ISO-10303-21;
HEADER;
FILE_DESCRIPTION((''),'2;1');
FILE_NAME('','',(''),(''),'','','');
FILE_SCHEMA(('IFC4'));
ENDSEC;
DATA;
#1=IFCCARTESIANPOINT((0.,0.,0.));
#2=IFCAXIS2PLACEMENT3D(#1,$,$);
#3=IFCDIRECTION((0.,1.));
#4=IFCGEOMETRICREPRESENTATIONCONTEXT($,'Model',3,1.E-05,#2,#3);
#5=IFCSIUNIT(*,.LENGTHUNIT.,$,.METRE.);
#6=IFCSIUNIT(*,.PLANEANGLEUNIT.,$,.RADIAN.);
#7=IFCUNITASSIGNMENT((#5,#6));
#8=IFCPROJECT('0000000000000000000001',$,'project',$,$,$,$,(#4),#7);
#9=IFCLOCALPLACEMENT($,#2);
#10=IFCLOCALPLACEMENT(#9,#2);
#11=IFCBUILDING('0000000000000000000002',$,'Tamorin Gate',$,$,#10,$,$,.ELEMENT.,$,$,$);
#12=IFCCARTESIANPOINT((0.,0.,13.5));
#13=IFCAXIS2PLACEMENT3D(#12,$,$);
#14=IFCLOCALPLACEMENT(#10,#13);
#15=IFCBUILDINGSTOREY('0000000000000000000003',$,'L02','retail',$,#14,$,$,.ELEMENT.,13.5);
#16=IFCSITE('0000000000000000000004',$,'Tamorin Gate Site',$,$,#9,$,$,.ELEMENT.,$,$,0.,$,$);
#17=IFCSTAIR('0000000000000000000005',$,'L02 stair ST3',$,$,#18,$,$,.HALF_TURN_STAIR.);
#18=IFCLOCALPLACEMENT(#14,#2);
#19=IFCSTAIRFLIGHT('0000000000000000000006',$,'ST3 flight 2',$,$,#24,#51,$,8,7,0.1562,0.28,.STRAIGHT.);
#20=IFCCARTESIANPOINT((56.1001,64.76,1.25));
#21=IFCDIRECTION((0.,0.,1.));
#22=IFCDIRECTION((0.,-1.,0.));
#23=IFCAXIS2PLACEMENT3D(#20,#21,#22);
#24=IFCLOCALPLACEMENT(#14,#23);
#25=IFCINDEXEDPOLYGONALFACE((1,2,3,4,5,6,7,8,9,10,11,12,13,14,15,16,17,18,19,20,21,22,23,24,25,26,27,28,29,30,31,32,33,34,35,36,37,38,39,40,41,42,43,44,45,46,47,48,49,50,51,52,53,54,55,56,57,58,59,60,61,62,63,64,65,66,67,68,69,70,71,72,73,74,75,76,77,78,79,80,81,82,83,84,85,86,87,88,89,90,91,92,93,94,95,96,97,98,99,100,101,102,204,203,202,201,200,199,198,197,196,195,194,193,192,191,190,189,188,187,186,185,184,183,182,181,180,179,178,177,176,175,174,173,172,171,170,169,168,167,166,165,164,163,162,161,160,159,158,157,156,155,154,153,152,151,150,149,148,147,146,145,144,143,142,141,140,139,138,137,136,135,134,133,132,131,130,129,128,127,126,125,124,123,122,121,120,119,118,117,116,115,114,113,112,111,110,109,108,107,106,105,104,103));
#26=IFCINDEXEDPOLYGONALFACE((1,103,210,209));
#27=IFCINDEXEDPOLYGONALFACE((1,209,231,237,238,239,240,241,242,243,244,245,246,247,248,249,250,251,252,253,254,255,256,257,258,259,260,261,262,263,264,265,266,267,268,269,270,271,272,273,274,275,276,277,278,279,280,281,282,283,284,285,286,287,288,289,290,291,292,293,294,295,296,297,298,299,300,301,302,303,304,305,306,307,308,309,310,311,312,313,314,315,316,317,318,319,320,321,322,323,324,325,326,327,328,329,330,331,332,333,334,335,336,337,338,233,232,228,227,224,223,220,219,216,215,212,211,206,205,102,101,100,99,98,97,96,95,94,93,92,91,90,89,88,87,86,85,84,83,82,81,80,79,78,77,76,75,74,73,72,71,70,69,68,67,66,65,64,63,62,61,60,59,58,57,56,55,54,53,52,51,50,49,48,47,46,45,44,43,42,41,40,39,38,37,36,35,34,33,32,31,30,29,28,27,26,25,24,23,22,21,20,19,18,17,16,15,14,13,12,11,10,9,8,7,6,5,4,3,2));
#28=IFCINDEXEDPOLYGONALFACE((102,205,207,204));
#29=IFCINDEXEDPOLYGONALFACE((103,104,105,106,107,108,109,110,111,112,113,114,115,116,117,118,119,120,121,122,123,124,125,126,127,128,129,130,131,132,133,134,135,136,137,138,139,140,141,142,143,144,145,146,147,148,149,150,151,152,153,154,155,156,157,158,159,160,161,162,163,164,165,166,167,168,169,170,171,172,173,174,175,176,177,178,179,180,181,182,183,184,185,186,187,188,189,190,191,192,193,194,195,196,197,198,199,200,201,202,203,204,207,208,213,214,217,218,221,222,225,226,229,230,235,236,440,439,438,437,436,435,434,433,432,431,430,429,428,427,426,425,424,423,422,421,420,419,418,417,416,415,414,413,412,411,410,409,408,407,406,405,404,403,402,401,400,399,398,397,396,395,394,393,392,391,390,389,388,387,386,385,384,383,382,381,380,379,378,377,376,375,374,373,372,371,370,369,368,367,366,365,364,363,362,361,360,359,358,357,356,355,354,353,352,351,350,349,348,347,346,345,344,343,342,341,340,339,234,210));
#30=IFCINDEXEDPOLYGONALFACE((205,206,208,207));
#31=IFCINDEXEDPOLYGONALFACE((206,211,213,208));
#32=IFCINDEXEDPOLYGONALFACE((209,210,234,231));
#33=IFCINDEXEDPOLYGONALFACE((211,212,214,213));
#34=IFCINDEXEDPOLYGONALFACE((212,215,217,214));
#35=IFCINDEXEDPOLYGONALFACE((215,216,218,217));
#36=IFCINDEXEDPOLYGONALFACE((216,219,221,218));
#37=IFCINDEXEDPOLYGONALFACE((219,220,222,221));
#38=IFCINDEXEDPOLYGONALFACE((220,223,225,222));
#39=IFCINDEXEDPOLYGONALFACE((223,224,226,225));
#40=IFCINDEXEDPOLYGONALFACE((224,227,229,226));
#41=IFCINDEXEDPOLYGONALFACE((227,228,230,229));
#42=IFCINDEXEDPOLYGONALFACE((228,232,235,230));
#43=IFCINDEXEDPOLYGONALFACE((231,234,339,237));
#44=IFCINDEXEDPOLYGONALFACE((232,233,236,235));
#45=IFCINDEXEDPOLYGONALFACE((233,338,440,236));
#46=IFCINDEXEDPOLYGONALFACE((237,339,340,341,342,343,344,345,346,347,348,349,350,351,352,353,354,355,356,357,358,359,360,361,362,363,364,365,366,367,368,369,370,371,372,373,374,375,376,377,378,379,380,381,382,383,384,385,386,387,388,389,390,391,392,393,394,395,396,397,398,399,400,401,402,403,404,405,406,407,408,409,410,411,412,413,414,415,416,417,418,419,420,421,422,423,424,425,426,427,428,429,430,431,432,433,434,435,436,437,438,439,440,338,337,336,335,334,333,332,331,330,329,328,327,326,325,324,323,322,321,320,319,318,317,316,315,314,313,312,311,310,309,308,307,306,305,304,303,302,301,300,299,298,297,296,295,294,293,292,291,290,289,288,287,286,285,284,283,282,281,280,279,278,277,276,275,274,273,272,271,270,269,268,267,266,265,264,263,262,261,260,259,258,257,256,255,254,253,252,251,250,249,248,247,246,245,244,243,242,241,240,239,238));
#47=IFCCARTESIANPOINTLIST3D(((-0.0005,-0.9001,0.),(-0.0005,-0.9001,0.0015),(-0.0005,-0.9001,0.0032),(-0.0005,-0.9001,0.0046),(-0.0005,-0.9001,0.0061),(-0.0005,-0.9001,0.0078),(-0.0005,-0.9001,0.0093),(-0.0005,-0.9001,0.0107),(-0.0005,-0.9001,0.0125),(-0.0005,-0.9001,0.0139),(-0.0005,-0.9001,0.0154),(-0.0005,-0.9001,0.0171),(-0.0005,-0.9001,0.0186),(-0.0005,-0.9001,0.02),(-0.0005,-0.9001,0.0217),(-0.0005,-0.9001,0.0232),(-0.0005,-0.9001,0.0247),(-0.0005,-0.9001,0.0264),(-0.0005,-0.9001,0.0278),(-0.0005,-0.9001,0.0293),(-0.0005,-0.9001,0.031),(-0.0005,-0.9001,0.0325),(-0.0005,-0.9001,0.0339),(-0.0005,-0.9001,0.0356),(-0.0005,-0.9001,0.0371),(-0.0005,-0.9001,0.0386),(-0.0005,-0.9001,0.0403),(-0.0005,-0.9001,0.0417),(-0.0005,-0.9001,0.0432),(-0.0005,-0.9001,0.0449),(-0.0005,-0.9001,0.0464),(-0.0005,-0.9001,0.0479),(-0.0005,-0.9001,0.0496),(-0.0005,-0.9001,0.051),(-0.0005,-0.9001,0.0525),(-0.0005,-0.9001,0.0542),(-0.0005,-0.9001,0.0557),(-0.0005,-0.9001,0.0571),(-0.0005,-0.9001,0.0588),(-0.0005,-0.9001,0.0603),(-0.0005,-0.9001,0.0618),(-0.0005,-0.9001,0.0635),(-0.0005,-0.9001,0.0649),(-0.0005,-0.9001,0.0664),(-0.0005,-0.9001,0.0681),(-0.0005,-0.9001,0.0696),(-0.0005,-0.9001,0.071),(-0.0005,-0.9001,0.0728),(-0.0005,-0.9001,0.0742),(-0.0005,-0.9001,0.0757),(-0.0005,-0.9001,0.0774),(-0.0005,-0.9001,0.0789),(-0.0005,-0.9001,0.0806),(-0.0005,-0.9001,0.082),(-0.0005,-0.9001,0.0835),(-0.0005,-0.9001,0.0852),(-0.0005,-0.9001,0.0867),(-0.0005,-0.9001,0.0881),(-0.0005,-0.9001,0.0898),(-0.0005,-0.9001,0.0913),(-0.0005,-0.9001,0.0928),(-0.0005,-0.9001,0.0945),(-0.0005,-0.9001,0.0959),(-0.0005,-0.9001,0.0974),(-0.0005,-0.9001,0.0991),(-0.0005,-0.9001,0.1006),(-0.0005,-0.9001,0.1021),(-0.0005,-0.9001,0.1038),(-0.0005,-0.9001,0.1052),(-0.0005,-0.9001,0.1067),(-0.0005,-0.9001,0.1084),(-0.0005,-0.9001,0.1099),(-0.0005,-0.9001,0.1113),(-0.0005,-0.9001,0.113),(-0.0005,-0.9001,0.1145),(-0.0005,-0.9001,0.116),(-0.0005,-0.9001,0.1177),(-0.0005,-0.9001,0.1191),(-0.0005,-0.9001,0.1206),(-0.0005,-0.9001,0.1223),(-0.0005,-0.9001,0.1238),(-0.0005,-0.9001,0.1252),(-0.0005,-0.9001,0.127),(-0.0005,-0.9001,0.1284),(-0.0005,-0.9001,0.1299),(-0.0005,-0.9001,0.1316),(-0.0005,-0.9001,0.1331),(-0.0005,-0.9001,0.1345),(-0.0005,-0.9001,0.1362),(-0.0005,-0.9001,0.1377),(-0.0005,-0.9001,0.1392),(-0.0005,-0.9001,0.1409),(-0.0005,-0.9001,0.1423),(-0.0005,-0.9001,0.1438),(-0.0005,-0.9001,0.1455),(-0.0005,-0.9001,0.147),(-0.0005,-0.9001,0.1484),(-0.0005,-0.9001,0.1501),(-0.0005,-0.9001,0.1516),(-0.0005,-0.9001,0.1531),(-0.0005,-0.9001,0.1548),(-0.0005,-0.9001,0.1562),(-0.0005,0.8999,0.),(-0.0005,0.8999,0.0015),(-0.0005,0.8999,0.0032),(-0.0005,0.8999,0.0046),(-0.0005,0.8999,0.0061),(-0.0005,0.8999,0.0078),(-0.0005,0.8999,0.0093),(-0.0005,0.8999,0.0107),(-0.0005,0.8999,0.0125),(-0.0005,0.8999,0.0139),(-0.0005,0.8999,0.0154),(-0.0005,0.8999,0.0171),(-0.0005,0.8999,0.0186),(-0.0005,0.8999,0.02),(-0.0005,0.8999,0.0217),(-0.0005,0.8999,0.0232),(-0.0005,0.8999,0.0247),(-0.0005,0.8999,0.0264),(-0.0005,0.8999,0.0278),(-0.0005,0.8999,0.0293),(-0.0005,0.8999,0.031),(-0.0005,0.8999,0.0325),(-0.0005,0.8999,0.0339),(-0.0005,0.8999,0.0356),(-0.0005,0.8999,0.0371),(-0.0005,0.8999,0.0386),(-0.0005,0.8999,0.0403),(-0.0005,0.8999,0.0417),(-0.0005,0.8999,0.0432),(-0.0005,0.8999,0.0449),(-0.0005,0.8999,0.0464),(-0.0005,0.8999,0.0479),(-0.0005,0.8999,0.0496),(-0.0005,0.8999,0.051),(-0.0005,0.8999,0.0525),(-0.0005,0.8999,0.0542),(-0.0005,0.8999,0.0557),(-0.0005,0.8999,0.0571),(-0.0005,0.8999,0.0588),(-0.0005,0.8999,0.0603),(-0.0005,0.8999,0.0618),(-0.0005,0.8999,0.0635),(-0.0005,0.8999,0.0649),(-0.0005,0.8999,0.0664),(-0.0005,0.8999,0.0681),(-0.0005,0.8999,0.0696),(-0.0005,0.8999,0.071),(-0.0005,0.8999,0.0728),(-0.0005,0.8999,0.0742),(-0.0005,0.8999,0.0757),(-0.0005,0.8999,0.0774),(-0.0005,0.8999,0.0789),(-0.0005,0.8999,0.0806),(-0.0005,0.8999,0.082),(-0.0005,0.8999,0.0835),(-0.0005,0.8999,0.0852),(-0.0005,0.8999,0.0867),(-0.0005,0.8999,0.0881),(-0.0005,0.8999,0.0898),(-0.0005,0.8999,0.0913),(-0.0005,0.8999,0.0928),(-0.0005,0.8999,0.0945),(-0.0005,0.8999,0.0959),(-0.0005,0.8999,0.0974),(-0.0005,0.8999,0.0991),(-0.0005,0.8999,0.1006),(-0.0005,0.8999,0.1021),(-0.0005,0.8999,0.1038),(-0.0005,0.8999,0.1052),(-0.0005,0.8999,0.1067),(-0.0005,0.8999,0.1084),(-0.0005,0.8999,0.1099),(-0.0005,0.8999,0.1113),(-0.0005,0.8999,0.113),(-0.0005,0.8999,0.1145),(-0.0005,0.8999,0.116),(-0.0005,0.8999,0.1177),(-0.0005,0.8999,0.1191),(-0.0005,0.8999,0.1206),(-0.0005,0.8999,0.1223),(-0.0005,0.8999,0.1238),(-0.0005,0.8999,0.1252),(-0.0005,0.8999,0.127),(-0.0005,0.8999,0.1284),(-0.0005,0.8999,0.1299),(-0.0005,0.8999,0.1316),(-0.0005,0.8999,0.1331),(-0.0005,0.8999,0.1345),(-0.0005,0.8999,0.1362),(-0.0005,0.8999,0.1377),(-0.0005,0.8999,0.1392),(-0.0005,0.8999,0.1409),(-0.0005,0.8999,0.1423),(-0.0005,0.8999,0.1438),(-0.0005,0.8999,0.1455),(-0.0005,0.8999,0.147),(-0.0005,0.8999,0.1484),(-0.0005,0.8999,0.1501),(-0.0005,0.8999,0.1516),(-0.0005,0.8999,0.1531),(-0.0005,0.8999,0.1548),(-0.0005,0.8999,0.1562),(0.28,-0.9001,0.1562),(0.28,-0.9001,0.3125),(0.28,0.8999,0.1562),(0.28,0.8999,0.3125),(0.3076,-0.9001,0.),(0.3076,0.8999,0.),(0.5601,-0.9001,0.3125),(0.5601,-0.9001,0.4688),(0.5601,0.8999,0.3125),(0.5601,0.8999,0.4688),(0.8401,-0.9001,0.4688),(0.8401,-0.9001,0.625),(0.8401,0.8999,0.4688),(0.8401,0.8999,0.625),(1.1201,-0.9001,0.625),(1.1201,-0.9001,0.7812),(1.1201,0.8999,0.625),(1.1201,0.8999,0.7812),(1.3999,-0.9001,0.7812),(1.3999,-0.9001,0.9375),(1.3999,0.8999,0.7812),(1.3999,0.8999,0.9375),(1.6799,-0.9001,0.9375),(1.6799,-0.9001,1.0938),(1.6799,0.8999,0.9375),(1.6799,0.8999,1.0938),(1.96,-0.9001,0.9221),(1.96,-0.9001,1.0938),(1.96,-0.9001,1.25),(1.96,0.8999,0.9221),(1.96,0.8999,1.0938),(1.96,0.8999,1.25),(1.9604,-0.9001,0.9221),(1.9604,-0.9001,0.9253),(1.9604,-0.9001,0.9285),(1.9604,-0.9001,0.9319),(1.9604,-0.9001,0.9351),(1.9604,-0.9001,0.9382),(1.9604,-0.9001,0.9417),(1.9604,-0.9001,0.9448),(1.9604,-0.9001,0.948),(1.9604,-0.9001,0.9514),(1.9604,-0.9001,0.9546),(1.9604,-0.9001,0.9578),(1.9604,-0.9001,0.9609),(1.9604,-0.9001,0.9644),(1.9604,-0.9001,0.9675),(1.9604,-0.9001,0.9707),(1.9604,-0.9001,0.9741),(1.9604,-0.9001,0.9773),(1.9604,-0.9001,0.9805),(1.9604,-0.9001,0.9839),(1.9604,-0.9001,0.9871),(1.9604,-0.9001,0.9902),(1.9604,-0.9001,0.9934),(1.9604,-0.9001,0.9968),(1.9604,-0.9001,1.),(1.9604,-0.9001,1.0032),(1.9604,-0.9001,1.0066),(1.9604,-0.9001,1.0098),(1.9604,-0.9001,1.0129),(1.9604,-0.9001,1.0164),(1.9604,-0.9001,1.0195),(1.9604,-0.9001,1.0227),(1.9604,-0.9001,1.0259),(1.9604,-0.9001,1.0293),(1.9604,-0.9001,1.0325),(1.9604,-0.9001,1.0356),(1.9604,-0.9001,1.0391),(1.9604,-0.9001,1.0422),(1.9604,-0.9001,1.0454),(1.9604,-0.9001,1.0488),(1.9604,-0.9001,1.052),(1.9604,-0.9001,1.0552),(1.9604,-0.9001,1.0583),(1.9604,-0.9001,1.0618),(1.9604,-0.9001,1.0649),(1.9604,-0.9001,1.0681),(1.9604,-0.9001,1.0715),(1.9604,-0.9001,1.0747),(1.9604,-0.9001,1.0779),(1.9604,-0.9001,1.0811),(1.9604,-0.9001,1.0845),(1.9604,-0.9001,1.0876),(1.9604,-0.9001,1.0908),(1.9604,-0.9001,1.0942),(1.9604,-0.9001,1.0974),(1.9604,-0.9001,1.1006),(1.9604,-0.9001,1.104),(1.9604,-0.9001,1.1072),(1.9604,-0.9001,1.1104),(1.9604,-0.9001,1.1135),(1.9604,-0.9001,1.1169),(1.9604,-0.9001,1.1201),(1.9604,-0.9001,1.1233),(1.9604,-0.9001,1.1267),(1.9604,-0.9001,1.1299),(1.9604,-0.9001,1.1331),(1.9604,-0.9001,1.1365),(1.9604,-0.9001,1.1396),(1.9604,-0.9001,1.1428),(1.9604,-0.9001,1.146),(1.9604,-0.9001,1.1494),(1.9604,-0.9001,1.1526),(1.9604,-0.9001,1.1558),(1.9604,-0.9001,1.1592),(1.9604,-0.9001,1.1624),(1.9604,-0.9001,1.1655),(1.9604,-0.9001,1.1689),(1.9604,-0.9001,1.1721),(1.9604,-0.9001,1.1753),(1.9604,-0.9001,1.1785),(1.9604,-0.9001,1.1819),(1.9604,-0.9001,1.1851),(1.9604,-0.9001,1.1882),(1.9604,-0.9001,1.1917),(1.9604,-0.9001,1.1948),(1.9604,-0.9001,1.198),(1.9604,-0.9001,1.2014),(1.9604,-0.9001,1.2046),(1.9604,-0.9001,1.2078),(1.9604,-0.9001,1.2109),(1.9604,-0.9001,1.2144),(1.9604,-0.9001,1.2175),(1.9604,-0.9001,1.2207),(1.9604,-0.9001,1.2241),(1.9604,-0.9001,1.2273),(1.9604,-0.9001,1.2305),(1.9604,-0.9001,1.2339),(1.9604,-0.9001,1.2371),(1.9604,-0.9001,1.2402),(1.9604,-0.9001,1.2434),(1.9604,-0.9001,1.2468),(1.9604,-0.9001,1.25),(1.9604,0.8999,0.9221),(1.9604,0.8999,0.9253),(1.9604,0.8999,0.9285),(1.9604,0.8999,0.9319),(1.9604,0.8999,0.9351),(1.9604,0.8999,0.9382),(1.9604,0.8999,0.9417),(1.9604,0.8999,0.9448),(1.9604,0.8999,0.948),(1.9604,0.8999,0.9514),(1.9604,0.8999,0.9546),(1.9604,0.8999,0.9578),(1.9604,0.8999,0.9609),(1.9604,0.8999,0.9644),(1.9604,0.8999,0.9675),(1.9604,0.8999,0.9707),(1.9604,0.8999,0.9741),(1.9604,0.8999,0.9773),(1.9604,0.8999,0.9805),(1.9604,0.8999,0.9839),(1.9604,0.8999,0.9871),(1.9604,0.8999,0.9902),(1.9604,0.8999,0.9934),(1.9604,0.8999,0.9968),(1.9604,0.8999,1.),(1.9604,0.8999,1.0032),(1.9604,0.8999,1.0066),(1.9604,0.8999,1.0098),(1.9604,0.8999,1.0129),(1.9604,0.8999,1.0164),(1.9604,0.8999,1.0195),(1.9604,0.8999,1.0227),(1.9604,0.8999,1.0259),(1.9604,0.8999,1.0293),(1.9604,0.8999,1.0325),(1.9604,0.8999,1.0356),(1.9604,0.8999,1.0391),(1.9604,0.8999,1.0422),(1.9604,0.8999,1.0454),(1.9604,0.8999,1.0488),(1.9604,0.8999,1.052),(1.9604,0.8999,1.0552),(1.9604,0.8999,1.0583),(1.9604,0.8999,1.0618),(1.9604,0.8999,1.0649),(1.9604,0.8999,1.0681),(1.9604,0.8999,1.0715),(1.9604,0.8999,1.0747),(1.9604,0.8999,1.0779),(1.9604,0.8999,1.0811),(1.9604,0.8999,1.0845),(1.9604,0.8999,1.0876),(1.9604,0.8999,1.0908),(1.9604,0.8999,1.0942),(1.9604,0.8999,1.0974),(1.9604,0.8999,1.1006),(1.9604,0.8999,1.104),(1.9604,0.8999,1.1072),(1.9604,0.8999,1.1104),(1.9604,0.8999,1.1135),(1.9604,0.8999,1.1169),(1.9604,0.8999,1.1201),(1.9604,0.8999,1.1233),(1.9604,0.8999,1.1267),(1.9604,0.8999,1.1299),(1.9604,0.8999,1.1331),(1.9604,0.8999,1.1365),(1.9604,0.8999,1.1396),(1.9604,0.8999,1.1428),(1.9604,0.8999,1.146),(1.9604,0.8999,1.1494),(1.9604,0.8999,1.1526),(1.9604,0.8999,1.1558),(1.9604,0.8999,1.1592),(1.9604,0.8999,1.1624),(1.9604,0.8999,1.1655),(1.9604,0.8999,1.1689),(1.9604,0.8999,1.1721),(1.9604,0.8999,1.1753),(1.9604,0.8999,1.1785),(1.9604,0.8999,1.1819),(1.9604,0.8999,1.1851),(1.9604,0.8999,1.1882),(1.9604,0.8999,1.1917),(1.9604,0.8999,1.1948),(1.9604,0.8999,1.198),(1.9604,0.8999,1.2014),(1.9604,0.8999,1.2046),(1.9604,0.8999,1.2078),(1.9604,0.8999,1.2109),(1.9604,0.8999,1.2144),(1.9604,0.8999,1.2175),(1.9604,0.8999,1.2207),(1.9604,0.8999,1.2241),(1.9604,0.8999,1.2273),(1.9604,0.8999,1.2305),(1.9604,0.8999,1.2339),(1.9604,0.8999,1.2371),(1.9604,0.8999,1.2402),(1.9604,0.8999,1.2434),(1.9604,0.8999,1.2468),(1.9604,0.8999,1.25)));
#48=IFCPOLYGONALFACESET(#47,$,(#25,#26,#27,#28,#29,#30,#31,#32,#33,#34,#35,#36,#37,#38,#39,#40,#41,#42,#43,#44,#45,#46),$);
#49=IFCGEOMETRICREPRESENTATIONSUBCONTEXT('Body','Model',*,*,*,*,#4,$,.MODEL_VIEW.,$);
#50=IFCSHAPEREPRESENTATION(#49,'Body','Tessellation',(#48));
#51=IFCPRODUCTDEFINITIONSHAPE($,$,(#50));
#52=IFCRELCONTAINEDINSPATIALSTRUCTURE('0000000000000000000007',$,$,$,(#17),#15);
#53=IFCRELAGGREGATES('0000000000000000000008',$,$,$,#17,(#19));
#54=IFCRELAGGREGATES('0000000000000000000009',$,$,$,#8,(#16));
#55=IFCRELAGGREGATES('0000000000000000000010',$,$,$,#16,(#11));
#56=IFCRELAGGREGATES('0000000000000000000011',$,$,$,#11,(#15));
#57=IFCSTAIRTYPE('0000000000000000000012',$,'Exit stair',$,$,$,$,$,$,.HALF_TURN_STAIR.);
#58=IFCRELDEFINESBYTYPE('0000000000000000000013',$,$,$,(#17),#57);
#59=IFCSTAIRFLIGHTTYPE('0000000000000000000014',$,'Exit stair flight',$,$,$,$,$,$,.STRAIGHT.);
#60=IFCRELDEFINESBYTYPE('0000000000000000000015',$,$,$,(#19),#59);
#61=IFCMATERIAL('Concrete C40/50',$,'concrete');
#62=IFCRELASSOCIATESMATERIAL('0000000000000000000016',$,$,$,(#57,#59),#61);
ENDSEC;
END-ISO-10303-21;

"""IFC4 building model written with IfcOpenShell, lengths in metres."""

from ifc_helpers import new_model, si_unit, direction, frame, origin, place, context, subcontext, project, spatial, polyline, outline, extrude, material, type_object, element, aggregate, save


model = new_model("IFC4")

# Units and contexts
model_context = context("Model", 3, precision=1e-05, world=origin(), true_north=direction((0.0, 1.0)))
body_context = subcontext(model_context, "Body", "Model", "MODEL_VIEW")
ifc_project = project(units=[si_unit("LENGTHUNIT", "METRE"), si_unit("PLANEANGLEUNIT", "RADIAN")], contexts=[model_context])

# Site, building, storey
site_placement = place(None, origin())
site = spatial("IfcSite", under=ifc_project, at=site_placement, Name="Tamorin Gate Site", CompositionType="ELEMENT", RefElevation=0.0)
building_placement = place(site_placement, origin())
building = spatial("IfcBuilding", under=site, at=building_placement, Name="Tamorin Gate", CompositionType="ELEMENT")
storey_placement = place(building_placement, frame((0.0, 0.0, 13.5)))
storey = spatial("IfcBuildingStorey", under=building, at=storey_placement, Name="L02", Description="retail", CompositionType="ELEMENT", Elevation=13.5)

# Stair, stair flight
ifc_material_1 = material(Name="Concrete C40/50", Category="concrete")
stair_type = type_object("IfcStairType", Name="Exit stair", PredefinedType="HALF_TURN_STAIR", material=ifc_material_1)
stair_placement = place(storey_placement, origin())
stair = element("IfcStair", 1, at=stair_placement, inside=storey, type_object=stair_type, Name="L02 stair ST3", PredefinedType="HALF_TURN_STAIR")
stair_flight_type = type_object("IfcStairFlightType", Name="Exit stair flight", PredefinedType="STRAIGHT", material=ifc_material_1)
stair_flight_1_placement = place(storey_placement, frame((56.1001, 64.76, 1.25), z_axis=(0.0, 0.0, 1.0), x_axis=(0.0, -1.0, 0.0)))
stair_flight_1 = element("IfcStairFlight", 2, at=stair_flight_1_placement, type_object=stair_flight_type, Name="ST3 flight 2", NumberOfRisers=8, NumberOfTreads=7, PredefinedType="STRAIGHT", RiserHeight=0.1562, TreadLength=0.28, context=body_context, shape_type="SweptSolid", body=[
    extrude(outline(polyline([(-0.0005, 0.0), (-0.0005, 0.0015), (-0.0005, 0.0032), (-0.0005, 0.0046), (-0.0005, 0.0061), (-0.0005, 0.0078), (-0.0005, 0.0093), (-0.0005, 0.0107), (-0.0005, 0.0125), (-0.0005, 0.0139), (-0.0005, 0.0154), (-0.0005, 0.0171), (-0.0005, 0.0186), (-0.0005, 0.02), (-0.0005, 0.0217), (-0.0005, 0.0232), (-0.0005, 0.0247), (-0.0005, 0.0264), (-0.0005, 0.0278), (-0.0005, 0.0293), (-0.0005, 0.031), (-0.0005, 0.0325), (-0.0005, 0.0339), (-0.0005, 0.0356), (-0.0005, 0.0371), (-0.0005, 0.0386), (-0.0005, 0.0403), (-0.0005, 0.0417), (-0.0005, 0.0432), (-0.0005, 0.0449), (-0.0005, 0.0464), (-0.0005, 0.0479), (-0.0005, 0.0496), (-0.0005, 0.051), (-0.0005, 0.0525), (-0.0005, 0.0542), (-0.0005, 0.0557), (-0.0005, 0.0571), (-0.0005, 0.0588), (-0.0005, 0.0603), (-0.0005, 0.0618), (-0.0005, 0.0635), (-0.0005, 0.0649), (-0.0005, 0.0664), (-0.0005, 0.0681), (-0.0005, 0.0696), (-0.0005, 0.071), (-0.0005, 0.0728), (-0.0005, 0.0742), (-0.0005, 0.0757), (-0.0005, 0.0774), (-0.0005, 0.0789), (-0.0005, 0.0806), (-0.0005, 0.082), (-0.0005, 0.0835), (-0.0005, 0.0852), (-0.0005, 0.0867), (-0.0005, 0.0881), (-0.0005, 0.0898), (-0.0005, 0.0913), (-0.0005, 0.0928), (-0.0005, 0.0945), (-0.0005, 0.0959), (-0.0005, 0.0974), (-0.0005, 0.0991), (-0.0005, 0.1006), (-0.0005, 0.1021), (-0.0005, 0.1038), (-0.0005, 0.1052), (-0.0005, 0.1067), (-0.0005, 0.1084), (-0.0005, 0.1099), (-0.0005, 0.1113), (-0.0005, 0.113), (-0.0005, 0.1145), (-0.0005, 0.116), (-0.0005, 0.1177), (-0.0005, 0.1191), (-0.0005, 0.1206), (-0.0005, 0.1223), (-0.0005, 0.1238), (-0.0005, 0.1252), (-0.0005, 0.127), (-0.0005, 0.1284), (-0.0005, 0.1299), (-0.0005, 0.1316), (-0.0005, 0.1331), (-0.0005, 0.1345), (-0.0005, 0.1362), (-0.0005, 0.1377), (-0.0005, 0.1392), (-0.0005, 0.1409), (-0.0005, 0.1423), (-0.0005, 0.1438), (-0.0005, 0.1455), (-0.0005, 0.147), (-0.0005, 0.1484), (-0.0005, 0.1501), (-0.0005, 0.1516), (-0.0005, 0.1531), (-0.0005, 0.1548), (-0.0005, 0.1562), (0.28, 0.1562), (0.28, 0.3125), (0.5601, 0.3125), (0.5601, 0.4688), (0.8401, 0.4688), (0.8401, 0.625), (1.1201, 0.625), (1.1201, 0.7812), (1.3999, 0.7812), (1.3999, 0.9375), (1.6799, 0.9375), (1.6799, 1.0938), (1.96, 1.0938), (1.96, 1.25), (1.9604, 1.25), (1.9604, 1.2468), (1.9604, 1.2434), (1.9604, 1.2402), (1.9604, 1.2371), (1.9604, 1.2339), (1.9604, 1.2305), (1.9604, 1.2273), (1.9604, 1.2241), (1.9604, 1.2207), (1.9604, 1.2175), (1.9604, 1.2144), (1.9604, 1.2109), (1.9604, 1.2078), (1.9604, 1.2046), (1.9604, 1.2014), (1.9604, 1.198), (1.9604, 1.1948), (1.9604, 1.1917), (1.9604, 1.1882), (1.9604, 1.1851), (1.9604, 1.1819), (1.9604, 1.1785), (1.9604, 1.1753), (1.9604, 1.1721), (1.9604, 1.1689), (1.9604, 1.1655), (1.9604, 1.1624), (1.9604, 1.1592), (1.9604, 1.1558), (1.9604, 1.1526), (1.9604, 1.1494), (1.9604, 1.146), (1.9604, 1.1428), (1.9604, 1.1396), (1.9604, 1.1365), (1.9604, 1.1331), (1.9604, 1.1299), (1.9604, 1.1267), (1.9604, 1.1233), (1.9604, 1.1201), (1.9604, 1.1169), (1.9604, 1.1135), (1.9604, 1.1104), (1.9604, 1.1072), (1.9604, 1.104), (1.9604, 1.1006), (1.9604, 1.0974), (1.9604, 1.0942), (1.9604, 1.0908), (1.9604, 1.0876), (1.9604, 1.0845), (1.9604, 1.0811), (1.9604, 1.0779), (1.9604, 1.0747), (1.9604, 1.0715), (1.9604, 1.0681), (1.9604, 1.0649), (1.9604, 1.0618), (1.9604, 1.0583), (1.9604, 1.0552), (1.9604, 1.052), (1.9604, 1.0488), (1.9604, 1.0454), (1.9604, 1.0422), (1.9604, 1.0391), (1.9604, 1.0356), (1.9604, 1.0325), (1.9604, 1.0293), (1.9604, 1.0259), (1.9604, 1.0227), (1.9604, 1.0195), (1.9604, 1.0164), (1.9604, 1.0129), (1.9604, 1.0098), (1.9604, 1.0066), (1.9604, 1.0032), (1.9604, 1.0), (1.9604, 0.9968), (1.9604, 0.9934), (1.9604, 0.9902), (1.9604, 0.9871), (1.9604, 0.9839), (1.9604, 0.9805), (1.9604, 0.9773), (1.9604, 0.9741), (1.9604, 0.9707), (1.9604, 0.9675), (1.9604, 0.9644), (1.9604, 0.9609), (1.9604, 0.9578), (1.9604, 0.9546), (1.9604, 0.9514), (1.9604, 0.948), (1.9604, 0.9448), (1.9604, 0.9417), (1.9604, 0.9382), (1.9604, 0.9351), (1.9604, 0.9319), (1.9604, 0.9285), (1.9604, 0.9253), (1.9604, 0.9221), (1.96, 0.9221), (0.3076, 0.0), (-0.0005, 0.0)])), frame((0.0, 0.8999, 0.0), z_axis=(0.0, -1.0, 0.0), x_axis=(1.0, 0.0, 0.0)), (0.0, 0.0, 1.0), 1.8),
])
aggregate(stair, [stair_flight_1])

save(model, "model.ifc")
